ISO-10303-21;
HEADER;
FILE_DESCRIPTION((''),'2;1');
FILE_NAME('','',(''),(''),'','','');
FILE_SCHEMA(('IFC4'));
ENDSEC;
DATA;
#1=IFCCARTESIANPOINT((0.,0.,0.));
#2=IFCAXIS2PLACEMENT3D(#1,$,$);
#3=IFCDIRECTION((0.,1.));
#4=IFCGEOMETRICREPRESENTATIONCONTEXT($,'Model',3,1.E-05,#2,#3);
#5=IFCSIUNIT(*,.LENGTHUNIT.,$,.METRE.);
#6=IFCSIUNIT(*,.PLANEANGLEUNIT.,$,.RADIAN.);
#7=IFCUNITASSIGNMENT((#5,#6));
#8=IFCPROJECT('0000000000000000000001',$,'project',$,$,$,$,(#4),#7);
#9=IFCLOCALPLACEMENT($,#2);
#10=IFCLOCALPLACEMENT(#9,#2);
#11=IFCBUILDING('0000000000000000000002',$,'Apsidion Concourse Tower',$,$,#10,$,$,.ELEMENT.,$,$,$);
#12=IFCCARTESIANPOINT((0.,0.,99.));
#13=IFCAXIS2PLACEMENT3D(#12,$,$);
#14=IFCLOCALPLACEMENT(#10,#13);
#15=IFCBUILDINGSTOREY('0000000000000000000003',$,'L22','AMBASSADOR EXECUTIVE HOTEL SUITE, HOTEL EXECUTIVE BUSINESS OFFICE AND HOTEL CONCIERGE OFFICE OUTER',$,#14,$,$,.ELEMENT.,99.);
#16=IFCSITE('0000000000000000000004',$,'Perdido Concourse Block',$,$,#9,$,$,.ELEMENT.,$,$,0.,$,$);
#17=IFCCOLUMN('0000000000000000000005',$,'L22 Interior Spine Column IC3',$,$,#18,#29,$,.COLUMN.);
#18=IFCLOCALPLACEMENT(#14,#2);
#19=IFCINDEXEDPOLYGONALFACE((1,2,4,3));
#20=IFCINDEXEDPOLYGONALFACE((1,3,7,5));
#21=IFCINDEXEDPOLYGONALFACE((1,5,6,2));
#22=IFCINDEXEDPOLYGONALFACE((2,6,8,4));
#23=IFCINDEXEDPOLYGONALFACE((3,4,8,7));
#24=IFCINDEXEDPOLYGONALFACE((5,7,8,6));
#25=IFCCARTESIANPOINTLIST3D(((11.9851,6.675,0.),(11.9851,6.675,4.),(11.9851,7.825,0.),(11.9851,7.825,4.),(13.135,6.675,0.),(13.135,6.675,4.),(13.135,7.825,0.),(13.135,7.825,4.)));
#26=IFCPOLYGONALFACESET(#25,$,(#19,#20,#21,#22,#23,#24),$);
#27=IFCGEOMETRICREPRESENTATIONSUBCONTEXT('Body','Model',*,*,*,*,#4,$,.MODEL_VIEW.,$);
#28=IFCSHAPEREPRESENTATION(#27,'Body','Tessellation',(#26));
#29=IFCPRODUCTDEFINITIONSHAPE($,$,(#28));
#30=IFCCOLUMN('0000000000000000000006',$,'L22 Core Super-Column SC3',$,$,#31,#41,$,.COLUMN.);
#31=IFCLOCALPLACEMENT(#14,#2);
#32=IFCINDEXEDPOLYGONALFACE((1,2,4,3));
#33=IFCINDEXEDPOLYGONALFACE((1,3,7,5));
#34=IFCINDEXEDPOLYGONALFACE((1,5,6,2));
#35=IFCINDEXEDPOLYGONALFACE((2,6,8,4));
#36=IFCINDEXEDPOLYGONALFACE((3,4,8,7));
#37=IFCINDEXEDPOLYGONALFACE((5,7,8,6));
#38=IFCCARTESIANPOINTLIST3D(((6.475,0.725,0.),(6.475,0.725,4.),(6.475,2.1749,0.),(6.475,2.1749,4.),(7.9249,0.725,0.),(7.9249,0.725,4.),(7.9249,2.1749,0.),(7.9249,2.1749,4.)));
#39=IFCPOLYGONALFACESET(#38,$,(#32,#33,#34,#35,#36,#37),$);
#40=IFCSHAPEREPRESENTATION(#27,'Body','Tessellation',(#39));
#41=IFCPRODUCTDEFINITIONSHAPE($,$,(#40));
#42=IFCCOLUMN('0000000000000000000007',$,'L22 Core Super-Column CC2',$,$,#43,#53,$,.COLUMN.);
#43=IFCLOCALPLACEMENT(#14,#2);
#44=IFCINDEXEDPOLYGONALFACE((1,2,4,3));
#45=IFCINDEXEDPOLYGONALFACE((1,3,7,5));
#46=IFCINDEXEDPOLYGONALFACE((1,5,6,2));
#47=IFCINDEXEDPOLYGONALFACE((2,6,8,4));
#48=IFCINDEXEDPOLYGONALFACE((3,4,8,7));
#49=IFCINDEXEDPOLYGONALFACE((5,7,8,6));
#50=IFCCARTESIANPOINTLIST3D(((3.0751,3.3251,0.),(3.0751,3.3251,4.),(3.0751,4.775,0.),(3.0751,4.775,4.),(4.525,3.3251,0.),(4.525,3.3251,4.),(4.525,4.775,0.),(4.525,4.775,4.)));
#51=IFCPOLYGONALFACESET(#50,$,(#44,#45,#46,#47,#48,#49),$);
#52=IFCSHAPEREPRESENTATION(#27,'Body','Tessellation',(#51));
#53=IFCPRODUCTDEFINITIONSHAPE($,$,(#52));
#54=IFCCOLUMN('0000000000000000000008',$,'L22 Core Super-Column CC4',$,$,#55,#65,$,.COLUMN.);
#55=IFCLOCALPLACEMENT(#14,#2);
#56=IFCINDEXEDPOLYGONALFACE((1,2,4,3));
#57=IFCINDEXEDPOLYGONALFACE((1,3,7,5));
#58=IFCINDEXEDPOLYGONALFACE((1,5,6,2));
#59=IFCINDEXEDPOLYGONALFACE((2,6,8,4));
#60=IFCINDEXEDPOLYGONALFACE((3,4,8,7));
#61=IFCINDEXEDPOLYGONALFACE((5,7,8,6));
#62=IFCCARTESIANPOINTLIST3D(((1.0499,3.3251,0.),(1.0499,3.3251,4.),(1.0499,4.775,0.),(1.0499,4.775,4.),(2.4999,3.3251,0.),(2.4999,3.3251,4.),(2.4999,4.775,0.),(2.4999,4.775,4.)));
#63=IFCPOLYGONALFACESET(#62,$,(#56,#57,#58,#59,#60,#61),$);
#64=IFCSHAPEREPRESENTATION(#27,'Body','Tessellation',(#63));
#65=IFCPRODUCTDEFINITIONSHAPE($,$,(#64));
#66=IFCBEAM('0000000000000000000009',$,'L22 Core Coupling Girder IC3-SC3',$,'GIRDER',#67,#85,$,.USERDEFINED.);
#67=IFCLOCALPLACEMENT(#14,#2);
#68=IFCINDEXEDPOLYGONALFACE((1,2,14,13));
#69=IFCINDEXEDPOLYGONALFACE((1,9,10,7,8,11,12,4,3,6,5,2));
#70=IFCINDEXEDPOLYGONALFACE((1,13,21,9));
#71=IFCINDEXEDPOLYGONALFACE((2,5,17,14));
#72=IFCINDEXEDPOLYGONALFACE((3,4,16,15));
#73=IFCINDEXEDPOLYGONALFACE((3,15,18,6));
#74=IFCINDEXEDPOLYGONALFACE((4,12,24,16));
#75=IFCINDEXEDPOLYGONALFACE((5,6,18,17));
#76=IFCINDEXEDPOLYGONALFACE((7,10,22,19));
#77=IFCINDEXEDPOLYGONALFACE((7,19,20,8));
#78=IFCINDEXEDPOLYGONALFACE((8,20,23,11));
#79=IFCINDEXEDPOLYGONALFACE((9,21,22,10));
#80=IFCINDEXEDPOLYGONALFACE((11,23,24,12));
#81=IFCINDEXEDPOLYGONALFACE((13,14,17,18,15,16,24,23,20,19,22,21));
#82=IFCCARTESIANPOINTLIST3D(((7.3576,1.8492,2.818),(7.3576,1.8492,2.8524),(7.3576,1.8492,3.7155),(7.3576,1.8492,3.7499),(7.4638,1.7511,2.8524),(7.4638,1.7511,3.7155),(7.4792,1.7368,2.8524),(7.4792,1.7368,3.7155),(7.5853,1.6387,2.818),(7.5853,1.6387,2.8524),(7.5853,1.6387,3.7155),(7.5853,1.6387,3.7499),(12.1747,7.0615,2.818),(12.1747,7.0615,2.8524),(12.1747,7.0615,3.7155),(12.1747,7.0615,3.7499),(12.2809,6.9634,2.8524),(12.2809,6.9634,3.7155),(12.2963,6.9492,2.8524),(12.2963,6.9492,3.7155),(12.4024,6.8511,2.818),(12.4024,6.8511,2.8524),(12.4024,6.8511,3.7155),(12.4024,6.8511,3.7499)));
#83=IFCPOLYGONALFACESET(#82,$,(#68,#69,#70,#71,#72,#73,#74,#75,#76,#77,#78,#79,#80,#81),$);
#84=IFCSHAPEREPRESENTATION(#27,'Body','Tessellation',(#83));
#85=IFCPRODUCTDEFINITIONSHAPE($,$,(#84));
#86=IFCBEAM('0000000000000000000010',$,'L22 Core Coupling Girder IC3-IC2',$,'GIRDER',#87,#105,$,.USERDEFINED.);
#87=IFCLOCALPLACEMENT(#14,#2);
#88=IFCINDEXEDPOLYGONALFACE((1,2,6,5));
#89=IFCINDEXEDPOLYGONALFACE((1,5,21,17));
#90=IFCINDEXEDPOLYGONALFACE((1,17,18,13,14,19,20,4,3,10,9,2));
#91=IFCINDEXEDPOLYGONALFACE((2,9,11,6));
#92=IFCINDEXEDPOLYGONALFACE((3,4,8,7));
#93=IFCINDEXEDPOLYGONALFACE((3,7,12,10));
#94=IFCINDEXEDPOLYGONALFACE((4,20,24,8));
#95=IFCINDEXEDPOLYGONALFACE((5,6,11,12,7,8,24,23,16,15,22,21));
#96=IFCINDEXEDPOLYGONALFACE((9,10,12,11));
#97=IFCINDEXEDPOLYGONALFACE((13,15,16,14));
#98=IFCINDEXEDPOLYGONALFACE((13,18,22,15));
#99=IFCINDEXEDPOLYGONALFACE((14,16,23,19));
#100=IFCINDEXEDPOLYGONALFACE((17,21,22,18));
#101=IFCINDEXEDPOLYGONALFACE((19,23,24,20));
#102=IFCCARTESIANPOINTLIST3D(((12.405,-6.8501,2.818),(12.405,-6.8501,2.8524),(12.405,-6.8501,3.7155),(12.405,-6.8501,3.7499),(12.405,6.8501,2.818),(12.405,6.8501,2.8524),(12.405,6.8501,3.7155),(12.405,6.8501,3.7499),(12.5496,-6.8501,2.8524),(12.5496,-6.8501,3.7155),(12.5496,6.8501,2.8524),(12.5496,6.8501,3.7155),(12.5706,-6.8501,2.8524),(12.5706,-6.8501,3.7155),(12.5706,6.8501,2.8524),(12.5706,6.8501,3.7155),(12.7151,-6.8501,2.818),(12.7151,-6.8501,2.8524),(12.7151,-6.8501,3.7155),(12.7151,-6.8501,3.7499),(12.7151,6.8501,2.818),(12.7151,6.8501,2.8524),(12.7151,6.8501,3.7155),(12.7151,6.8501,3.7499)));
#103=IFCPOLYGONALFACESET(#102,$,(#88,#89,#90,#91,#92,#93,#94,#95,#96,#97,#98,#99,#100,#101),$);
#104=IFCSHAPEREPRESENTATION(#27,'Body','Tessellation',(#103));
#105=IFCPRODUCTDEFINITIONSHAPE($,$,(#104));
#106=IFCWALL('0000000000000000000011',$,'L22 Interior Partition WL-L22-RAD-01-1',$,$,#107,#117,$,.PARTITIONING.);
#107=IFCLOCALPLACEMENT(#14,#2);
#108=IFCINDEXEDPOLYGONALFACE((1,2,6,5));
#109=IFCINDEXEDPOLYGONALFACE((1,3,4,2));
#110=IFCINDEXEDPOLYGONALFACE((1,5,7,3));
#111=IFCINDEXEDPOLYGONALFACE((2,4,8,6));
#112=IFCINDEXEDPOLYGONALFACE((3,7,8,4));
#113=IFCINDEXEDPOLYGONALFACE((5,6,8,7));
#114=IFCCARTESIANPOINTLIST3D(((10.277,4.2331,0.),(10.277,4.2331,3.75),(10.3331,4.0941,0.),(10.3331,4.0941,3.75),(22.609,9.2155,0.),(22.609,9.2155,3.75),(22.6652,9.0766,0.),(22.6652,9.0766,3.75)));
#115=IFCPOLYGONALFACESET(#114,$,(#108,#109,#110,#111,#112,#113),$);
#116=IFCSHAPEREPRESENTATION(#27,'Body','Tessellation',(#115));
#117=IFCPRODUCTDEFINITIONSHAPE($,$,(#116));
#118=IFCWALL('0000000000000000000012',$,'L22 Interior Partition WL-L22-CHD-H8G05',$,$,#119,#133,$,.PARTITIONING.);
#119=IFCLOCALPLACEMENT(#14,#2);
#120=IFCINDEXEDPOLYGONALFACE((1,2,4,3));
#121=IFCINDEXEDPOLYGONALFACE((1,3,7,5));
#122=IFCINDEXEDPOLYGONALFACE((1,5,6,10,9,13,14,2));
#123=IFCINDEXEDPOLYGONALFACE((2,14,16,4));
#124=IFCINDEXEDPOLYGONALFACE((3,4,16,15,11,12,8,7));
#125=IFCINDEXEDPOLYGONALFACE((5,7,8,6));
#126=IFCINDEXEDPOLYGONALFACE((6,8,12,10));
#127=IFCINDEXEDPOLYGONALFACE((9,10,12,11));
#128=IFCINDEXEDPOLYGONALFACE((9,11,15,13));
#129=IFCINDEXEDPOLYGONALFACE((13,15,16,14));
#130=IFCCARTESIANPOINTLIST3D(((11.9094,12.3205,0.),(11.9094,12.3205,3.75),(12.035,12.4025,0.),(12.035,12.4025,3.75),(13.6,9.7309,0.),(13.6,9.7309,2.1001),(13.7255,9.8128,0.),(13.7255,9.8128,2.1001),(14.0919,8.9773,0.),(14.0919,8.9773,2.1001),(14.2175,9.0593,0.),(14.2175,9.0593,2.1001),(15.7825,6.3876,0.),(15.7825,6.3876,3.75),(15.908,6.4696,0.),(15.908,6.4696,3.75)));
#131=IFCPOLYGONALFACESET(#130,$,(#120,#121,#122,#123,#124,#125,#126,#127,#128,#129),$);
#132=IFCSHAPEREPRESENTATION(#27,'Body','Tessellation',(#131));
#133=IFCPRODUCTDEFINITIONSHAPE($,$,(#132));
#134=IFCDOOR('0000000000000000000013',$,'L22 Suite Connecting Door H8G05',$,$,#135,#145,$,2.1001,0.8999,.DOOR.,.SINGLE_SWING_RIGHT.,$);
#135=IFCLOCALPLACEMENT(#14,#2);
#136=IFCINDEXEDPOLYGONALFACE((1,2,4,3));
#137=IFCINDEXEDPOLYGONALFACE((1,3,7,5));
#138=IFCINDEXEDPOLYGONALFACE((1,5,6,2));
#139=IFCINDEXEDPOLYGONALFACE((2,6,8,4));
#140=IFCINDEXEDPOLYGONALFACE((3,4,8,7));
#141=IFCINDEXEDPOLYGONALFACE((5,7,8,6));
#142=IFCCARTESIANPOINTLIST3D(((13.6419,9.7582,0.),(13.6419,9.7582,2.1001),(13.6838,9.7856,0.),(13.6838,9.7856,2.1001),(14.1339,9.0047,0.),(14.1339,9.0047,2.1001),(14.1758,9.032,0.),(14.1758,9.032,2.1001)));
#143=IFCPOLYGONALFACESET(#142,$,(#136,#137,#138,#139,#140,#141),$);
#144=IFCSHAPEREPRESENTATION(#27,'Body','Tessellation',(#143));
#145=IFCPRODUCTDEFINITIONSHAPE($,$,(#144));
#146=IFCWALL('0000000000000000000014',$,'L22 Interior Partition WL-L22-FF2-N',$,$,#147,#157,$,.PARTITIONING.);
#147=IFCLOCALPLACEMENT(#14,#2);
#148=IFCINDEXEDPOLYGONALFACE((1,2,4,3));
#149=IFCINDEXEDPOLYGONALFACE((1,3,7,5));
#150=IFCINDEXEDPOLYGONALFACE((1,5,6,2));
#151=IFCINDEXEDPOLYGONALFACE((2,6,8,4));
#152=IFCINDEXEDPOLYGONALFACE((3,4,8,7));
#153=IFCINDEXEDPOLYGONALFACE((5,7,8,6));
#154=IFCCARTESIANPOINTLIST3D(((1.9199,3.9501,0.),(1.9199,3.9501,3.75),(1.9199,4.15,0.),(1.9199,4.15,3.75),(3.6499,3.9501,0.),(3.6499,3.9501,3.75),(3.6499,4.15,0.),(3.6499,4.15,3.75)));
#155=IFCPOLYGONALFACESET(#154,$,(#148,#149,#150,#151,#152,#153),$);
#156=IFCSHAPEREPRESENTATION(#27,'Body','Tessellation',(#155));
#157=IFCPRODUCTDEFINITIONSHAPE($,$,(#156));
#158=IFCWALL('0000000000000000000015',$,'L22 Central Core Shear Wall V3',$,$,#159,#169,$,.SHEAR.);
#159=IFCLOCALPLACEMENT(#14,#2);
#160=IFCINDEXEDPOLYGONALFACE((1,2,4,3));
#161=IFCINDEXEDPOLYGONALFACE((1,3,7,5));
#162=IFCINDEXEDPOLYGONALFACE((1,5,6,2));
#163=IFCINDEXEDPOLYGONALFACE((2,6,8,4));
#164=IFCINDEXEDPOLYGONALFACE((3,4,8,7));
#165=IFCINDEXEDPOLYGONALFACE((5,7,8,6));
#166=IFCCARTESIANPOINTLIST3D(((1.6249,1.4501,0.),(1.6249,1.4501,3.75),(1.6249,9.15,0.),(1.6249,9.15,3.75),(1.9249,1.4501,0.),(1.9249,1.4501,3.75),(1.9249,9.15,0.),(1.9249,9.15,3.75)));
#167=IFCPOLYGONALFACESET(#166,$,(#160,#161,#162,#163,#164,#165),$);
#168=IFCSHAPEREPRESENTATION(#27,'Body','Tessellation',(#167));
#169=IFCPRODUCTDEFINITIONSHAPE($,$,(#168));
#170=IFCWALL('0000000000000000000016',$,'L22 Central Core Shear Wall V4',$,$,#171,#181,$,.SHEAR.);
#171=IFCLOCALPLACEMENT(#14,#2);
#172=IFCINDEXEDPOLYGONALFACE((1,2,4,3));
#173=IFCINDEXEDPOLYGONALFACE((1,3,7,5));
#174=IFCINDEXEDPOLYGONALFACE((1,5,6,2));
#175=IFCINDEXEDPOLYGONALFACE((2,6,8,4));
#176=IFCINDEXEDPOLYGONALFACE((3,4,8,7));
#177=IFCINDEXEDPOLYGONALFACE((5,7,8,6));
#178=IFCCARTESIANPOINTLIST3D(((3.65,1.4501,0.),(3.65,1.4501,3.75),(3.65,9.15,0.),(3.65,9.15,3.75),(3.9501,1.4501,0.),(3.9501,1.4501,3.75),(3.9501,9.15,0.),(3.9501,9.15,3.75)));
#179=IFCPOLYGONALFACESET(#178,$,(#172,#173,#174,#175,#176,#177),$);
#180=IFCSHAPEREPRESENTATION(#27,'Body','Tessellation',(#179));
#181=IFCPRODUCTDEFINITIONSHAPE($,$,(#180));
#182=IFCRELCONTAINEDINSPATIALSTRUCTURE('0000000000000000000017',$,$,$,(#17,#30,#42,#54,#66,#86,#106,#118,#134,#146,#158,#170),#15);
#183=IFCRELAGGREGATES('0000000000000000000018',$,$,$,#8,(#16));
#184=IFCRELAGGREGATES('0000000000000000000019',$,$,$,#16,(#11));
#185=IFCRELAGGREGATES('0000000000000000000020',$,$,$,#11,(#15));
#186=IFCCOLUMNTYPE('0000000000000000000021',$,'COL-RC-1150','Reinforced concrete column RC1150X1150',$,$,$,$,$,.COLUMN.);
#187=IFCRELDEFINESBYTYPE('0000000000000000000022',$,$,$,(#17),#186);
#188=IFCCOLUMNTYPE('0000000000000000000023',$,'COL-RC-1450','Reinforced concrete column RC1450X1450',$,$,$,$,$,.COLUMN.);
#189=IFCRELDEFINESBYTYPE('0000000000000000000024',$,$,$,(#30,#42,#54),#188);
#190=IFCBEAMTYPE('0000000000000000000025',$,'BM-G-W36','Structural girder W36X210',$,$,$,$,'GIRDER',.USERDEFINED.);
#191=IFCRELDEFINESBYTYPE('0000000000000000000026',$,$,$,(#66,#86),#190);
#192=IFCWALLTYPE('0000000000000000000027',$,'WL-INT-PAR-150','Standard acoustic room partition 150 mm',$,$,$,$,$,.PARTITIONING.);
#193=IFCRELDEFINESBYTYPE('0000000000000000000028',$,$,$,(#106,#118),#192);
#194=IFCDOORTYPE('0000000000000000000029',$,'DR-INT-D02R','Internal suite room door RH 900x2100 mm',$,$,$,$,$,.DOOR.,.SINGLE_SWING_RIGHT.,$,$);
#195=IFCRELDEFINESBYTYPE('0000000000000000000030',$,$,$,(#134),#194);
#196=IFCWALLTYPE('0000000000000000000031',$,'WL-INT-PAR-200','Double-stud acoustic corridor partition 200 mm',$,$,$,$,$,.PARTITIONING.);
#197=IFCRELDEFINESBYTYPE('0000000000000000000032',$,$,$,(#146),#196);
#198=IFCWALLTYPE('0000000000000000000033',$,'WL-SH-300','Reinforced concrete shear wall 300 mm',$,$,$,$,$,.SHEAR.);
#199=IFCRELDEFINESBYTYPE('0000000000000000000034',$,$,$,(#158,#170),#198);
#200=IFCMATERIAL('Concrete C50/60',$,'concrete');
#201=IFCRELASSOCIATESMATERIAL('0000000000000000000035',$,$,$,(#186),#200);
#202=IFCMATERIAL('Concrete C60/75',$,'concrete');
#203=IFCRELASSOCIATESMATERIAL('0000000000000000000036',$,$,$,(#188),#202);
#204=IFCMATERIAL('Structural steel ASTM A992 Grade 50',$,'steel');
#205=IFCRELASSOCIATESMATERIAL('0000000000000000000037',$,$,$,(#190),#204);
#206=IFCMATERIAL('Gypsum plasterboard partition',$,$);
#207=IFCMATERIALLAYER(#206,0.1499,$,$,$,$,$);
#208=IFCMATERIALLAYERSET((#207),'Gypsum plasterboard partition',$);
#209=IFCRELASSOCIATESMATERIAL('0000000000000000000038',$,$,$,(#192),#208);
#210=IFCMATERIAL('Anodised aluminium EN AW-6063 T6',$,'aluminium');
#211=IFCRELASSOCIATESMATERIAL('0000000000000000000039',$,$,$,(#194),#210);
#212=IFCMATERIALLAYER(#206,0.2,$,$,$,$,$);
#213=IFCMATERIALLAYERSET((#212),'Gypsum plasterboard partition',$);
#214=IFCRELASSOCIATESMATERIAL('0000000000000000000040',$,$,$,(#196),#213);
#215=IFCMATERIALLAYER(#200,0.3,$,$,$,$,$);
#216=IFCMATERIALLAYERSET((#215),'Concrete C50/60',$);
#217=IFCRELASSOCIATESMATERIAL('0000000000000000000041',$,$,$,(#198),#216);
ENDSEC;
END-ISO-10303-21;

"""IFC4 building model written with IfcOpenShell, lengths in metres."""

from ifc_helpers import new_model, si_unit, direction, frame, frame_2d, origin, origin_2d, place, context, subcontext, project, spatial, rectangle, i_section, extrude, material, layer, layer_set, material_profile, profile_set, type_object, element, fill, save


model = new_model("IFC4")

# Units and contexts
model_context = context("Model", 3, precision=1e-05, world=origin(), true_north=direction((0.0, 1.0)))
body_context = subcontext(model_context, "Body", "Model", "MODEL_VIEW")
ifc_project = project(units=[si_unit("LENGTHUNIT", "METRE"), si_unit("PLANEANGLEUNIT", "RADIAN")], contexts=[model_context])

# Site, building, storey
site_placement = place(None, origin())
site = spatial("IfcSite", under=ifc_project, at=site_placement, Name="Perdido Concourse Block", CompositionType="ELEMENT", RefElevation=0.0)
building_placement = place(site_placement, origin())
building = spatial("IfcBuilding", under=site, at=building_placement, Name="Apsidion Concourse Tower", CompositionType="ELEMENT")
storey_placement = place(building_placement, frame((0.0, 0.0, 99.0)))
storey = spatial("IfcBuildingStorey", under=building, at=storey_placement, Name="L22", Description="AMBASSADOR EXECUTIVE HOTEL SUITE, HOTEL EXECUTIVE BUSINESS OFFICE AND HOTEL CONCIERGE OFFICE OUTER", CompositionType="ELEMENT", Elevation=99.0)

# Columns
ifc_material_1 = material(Name="Concrete C50/60", Category="concrete")
ifc_material_profile_1 = material_profile(ifc_material_1, rectangle(XDim=1.1499, YDim=1.1499, at=origin_2d()), Name="RC 1150x1150")
ifc_profile_set_1 = profile_set([ifc_material_profile_1], Name="Concrete C50/60")
column_type_1 = type_object("IfcColumnType", Name="COL-RC-1150", Description="Reinforced concrete column RC1150X1150", PredefinedType="COLUMN", material=ifc_profile_set_1)
column_placement = place(storey_placement, frame((12.5601, 7.25, 0.0), z_axis=(0.0, 0.0, 1.0), x_axis=(1.0, 0.0, 0.0)))
element("IfcColumn", 1, at=column_placement, inside=storey, type_object=column_type_1, Name="L22 Interior Spine Column IC3", PredefinedType="COLUMN", context=body_context, shape_type="SweptSolid", body=[
    extrude(rectangle(XDim=1.1499, YDim=1.1499, at=origin_2d()), origin(), (0.0, 0.0, 1.0), 4.0),
])
ifc_material_2 = material(Name="Concrete C60/75", Category="concrete")
ifc_material_profile_2 = material_profile(ifc_material_2, rectangle(XDim=1.45, YDim=1.45, at=origin_2d()), Name="RC 1450x1450")
ifc_profile_set_2 = profile_set([ifc_material_profile_2], Name="Concrete C60/75")
column_type_2 = type_object("IfcColumnType", Name="COL-RC-1450", Description="Reinforced concrete column RC1450X1450", PredefinedType="COLUMN", material=ifc_profile_set_2)
for number, where, z_axis, x_axis, name in (
    (2, (7.2, 1.45, 0.0), (0.0, 0.0, 1.0), (1.0, 0.0, 0.0), "L22 Core Super-Column SC3"),
    (3, (3.8, 4.05, 0.0), (0.0, 0.0, 1.0), (1.0, 0.0, 0.0), "L22 Core Super-Column CC2"),
    (4, (1.7749, 4.05, 0.0), (0.0, 0.0, 1.0), (1.0, 0.0, 0.0), "L22 Core Super-Column CC4"),
):
    element("IfcColumn", number, at=place(storey_placement, frame(where, z_axis=z_axis, x_axis=x_axis)), inside=storey, type_object=column_type_2, Name=name, PredefinedType="COLUMN", context=body_context, shape_type="SweptSolid", body=[
        extrude(rectangle(XDim=1.45, YDim=1.45, at=origin_2d()), origin(), (0.0, 0.0, 1.0), 4.0),
    ])

# Beams
ifc_material_3 = material(Name="Structural steel ASTM A992 Grade 50", Category="steel")
ifc_material_profile_3 = material_profile(ifc_material_3, i_section(OverallWidth=0.3101, OverallDepth=0.9319, WebThickness=0.021, FlangeThickness=0.0344, at=origin_2d()), Name="W36X210")
ifc_profile_set_3 = profile_set([ifc_material_profile_3], Name="Structural steel ASTM A992 Grade 50")
beam_type = type_object("IfcBeamType", Name="BM-G-W36", Description="Structural girder W36X210", ElementType="GIRDER", PredefinedType="USERDEFINED", material=ifc_profile_set_3)
beam_1_placement = place(storey_placement, frame((12.2886, 6.9563, 3.2839), z_axis=(-0.678713, -0.734404, 0.0), x_axis=(0.734404, -0.678713, 0.0)))
element("IfcBeam", 5, at=beam_1_placement, inside=storey, type_object=beam_type, Name="L22 Core Coupling Girder IC3-SC3", ObjectType="GIRDER", PredefinedType="USERDEFINED", context=body_context, shape_type="SweptSolid", body=[
    extrude(i_section(OverallWidth=0.3101, OverallDepth=0.9319, WebThickness=0.021, FlangeThickness=0.0344, at=origin_2d()), origin(), (0.0, 0.0, 1.0), 7.0974),
])
beam_2_placement = place(storey_placement, frame((12.5601, 6.8501, 3.2839), z_axis=(0.0, -1.0, 0.0), x_axis=(1.0, 0.0, 0.0)))
element("IfcBeam", 6, at=beam_2_placement, inside=storey, type_object=beam_type, Name="L22 Core Coupling Girder IC3-IC2", ObjectType="GIRDER", PredefinedType="USERDEFINED", context=body_context, shape_type="SweptSolid", body=[
    extrude(i_section(OverallWidth=0.3101, OverallDepth=0.9319, WebThickness=0.021, FlangeThickness=0.0344, at=origin_2d()), origin(), (0.0, 0.0, 1.0), 13.7002),
])

# Wall
ifc_material_4 = material(Name="Gypsum plasterboard partition")
ifc_layer_1 = layer(ifc_material_4, 0.1499)
ifc_layer_set_1 = layer_set([ifc_layer_1], Name="Gypsum plasterboard partition")
wall_type_1 = type_object("IfcWallType", Name="WL-INT-PAR-150", Description="Standard acoustic room partition 150 mm", PredefinedType="PARTITIONING", material=ifc_layer_set_1)
wall_1_placement = place(storey_placement, frame((10.3049, 4.1636, 0.0), z_axis=(0.0, 0.0, 1.0), x_axis=(0.927185, 0.374604, 0.0)))
element("IfcWall", 7, at=wall_1_placement, inside=storey, type_object=wall_type_1, Name="L22 Interior Partition WL-L22-RAD-01-1", PredefinedType="PARTITIONING", context=body_context, shape_type="SweptSolid", body=[
    extrude(rectangle(XDim=13.3005, YDim=0.1499, at=frame_2d((6.6504, 0.0))), origin(), (0.0, 0.0, 1.0), 3.75),
])

# Wall, opening, door
wall_2_placement = place(storey_placement, frame((15.8452, 6.4287, 0.0), z_axis=(0.0, 0.0, 1.0), x_axis=(-0.546643, 0.837366, 0.0)))
wall_2 = element("IfcWall", 8, at=wall_2_placement, inside=storey, type_object=wall_type_1, Name="L22 Interior Partition WL-L22-CHD-H8G05", PredefinedType="PARTITIONING", context=body_context, shape_type="SweptSolid", body=[
    extrude(rectangle(XDim=7.0852, YDim=0.1499, at=frame_2d((3.5425, 0.0))), origin(), (0.0, 0.0, 1.0), 3.75),
])
opening_placement = place(wall_2_placement, frame((3.0925, 0.0, 0.0)))
opening = element("IfcOpeningElement", 9, at=opening_placement, cuts=wall_2, PredefinedType="OPENING", context=body_context, shape_type="SweptSolid", body=[
    extrude(rectangle(XDim=0.8999, YDim=2.1001, at=frame_2d((0.45, 1.05))), frame((0.0, 0.085, 0.0), z_axis=(0.0, -1.0, 0.0), x_axis=(1.0, 0.0, 0.0)), (0.0, 0.0, 1.0), 0.1699),
])
ifc_material_5 = material(Name="Anodised aluminium EN AW-6063 T6", Category="aluminium")
door_type = type_object("IfcDoorType", Name="DR-INT-D02R", Description="Internal suite room door RH 900x2100 mm", OperationType="SINGLE_SWING_RIGHT", PredefinedType="DOOR", material=ifc_material_5)
door_placement = place(opening_placement, origin())
door = element("IfcDoor", 10, at=door_placement, inside=storey, type_object=door_type, Name="L22 Suite Connecting Door H8G05", OperationType="SINGLE_SWING_RIGHT", OverallHeight=2.1001, OverallWidth=0.8999, PredefinedType="DOOR", context=body_context, shape_type="SweptSolid", body=[
    extrude(rectangle(XDim=0.8999, YDim=2.1001, at=frame_2d((0.45, 1.05))), frame((0.0, 0.0249, 0.0), z_axis=(0.0, -1.0, 0.0), x_axis=(1.0, 0.0, 0.0)), (0.0, 0.0, 1.0), 0.05),
])
fill(opening, door)

# Walls
ifc_layer_2 = layer(ifc_material_4, 0.2)
ifc_layer_set_2 = layer_set([ifc_layer_2], Name="Gypsum plasterboard partition")
wall_type_2 = type_object("IfcWallType", Name="WL-INT-PAR-200", Description="Double-stud acoustic corridor partition 200 mm", PredefinedType="PARTITIONING", material=ifc_layer_set_2)
wall_3_placement = place(storey_placement, frame((1.9199, 4.05, 0.0), z_axis=(0.0, 0.0, 1.0), x_axis=(1.0, 0.0, 0.0)))
element("IfcWall", 11, at=wall_3_placement, inside=storey, type_object=wall_type_2, Name="L22 Interior Partition WL-L22-FF2-N", PredefinedType="PARTITIONING", context=body_context, shape_type="SweptSolid", body=[
    extrude(rectangle(XDim=1.73, YDim=0.2, at=frame_2d((0.865, 0.0))), origin(), (0.0, 0.0, 1.0), 3.75),
])
ifc_layer_3 = layer(ifc_material_1, 0.3)
ifc_layer_set_3 = layer_set([ifc_layer_3], Name="Concrete C50/60")
wall_type_3 = type_object("IfcWallType", Name="WL-SH-300", Description="Reinforced concrete shear wall 300 mm", PredefinedType="SHEAR", material=ifc_layer_set_3)
for number, where, z_axis, x_axis, name in (
    (12, (1.7749, 1.45, 0.0), (0.0, 0.0, 1.0), (0.0, 1.0, 0.0), "L22 Central Core Shear Wall V3"),
    (13, (3.8, 1.45, 0.0), (0.0, 0.0, 1.0), (0.0, 1.0, 0.0), "L22 Central Core Shear Wall V4"),
):
    element("IfcWall", number, at=place(storey_placement, frame(where, z_axis=z_axis, x_axis=x_axis)), inside=storey, type_object=wall_type_3, Name=name, PredefinedType="SHEAR", context=body_context, shape_type="SweptSolid", body=[
        extrude(rectangle(XDim=7.7, YDim=0.3, at=frame_2d((3.8501, 0.0))), origin(), (0.0, 0.0, 1.0), 3.75),
    ])

save(model, "model.ifc")
